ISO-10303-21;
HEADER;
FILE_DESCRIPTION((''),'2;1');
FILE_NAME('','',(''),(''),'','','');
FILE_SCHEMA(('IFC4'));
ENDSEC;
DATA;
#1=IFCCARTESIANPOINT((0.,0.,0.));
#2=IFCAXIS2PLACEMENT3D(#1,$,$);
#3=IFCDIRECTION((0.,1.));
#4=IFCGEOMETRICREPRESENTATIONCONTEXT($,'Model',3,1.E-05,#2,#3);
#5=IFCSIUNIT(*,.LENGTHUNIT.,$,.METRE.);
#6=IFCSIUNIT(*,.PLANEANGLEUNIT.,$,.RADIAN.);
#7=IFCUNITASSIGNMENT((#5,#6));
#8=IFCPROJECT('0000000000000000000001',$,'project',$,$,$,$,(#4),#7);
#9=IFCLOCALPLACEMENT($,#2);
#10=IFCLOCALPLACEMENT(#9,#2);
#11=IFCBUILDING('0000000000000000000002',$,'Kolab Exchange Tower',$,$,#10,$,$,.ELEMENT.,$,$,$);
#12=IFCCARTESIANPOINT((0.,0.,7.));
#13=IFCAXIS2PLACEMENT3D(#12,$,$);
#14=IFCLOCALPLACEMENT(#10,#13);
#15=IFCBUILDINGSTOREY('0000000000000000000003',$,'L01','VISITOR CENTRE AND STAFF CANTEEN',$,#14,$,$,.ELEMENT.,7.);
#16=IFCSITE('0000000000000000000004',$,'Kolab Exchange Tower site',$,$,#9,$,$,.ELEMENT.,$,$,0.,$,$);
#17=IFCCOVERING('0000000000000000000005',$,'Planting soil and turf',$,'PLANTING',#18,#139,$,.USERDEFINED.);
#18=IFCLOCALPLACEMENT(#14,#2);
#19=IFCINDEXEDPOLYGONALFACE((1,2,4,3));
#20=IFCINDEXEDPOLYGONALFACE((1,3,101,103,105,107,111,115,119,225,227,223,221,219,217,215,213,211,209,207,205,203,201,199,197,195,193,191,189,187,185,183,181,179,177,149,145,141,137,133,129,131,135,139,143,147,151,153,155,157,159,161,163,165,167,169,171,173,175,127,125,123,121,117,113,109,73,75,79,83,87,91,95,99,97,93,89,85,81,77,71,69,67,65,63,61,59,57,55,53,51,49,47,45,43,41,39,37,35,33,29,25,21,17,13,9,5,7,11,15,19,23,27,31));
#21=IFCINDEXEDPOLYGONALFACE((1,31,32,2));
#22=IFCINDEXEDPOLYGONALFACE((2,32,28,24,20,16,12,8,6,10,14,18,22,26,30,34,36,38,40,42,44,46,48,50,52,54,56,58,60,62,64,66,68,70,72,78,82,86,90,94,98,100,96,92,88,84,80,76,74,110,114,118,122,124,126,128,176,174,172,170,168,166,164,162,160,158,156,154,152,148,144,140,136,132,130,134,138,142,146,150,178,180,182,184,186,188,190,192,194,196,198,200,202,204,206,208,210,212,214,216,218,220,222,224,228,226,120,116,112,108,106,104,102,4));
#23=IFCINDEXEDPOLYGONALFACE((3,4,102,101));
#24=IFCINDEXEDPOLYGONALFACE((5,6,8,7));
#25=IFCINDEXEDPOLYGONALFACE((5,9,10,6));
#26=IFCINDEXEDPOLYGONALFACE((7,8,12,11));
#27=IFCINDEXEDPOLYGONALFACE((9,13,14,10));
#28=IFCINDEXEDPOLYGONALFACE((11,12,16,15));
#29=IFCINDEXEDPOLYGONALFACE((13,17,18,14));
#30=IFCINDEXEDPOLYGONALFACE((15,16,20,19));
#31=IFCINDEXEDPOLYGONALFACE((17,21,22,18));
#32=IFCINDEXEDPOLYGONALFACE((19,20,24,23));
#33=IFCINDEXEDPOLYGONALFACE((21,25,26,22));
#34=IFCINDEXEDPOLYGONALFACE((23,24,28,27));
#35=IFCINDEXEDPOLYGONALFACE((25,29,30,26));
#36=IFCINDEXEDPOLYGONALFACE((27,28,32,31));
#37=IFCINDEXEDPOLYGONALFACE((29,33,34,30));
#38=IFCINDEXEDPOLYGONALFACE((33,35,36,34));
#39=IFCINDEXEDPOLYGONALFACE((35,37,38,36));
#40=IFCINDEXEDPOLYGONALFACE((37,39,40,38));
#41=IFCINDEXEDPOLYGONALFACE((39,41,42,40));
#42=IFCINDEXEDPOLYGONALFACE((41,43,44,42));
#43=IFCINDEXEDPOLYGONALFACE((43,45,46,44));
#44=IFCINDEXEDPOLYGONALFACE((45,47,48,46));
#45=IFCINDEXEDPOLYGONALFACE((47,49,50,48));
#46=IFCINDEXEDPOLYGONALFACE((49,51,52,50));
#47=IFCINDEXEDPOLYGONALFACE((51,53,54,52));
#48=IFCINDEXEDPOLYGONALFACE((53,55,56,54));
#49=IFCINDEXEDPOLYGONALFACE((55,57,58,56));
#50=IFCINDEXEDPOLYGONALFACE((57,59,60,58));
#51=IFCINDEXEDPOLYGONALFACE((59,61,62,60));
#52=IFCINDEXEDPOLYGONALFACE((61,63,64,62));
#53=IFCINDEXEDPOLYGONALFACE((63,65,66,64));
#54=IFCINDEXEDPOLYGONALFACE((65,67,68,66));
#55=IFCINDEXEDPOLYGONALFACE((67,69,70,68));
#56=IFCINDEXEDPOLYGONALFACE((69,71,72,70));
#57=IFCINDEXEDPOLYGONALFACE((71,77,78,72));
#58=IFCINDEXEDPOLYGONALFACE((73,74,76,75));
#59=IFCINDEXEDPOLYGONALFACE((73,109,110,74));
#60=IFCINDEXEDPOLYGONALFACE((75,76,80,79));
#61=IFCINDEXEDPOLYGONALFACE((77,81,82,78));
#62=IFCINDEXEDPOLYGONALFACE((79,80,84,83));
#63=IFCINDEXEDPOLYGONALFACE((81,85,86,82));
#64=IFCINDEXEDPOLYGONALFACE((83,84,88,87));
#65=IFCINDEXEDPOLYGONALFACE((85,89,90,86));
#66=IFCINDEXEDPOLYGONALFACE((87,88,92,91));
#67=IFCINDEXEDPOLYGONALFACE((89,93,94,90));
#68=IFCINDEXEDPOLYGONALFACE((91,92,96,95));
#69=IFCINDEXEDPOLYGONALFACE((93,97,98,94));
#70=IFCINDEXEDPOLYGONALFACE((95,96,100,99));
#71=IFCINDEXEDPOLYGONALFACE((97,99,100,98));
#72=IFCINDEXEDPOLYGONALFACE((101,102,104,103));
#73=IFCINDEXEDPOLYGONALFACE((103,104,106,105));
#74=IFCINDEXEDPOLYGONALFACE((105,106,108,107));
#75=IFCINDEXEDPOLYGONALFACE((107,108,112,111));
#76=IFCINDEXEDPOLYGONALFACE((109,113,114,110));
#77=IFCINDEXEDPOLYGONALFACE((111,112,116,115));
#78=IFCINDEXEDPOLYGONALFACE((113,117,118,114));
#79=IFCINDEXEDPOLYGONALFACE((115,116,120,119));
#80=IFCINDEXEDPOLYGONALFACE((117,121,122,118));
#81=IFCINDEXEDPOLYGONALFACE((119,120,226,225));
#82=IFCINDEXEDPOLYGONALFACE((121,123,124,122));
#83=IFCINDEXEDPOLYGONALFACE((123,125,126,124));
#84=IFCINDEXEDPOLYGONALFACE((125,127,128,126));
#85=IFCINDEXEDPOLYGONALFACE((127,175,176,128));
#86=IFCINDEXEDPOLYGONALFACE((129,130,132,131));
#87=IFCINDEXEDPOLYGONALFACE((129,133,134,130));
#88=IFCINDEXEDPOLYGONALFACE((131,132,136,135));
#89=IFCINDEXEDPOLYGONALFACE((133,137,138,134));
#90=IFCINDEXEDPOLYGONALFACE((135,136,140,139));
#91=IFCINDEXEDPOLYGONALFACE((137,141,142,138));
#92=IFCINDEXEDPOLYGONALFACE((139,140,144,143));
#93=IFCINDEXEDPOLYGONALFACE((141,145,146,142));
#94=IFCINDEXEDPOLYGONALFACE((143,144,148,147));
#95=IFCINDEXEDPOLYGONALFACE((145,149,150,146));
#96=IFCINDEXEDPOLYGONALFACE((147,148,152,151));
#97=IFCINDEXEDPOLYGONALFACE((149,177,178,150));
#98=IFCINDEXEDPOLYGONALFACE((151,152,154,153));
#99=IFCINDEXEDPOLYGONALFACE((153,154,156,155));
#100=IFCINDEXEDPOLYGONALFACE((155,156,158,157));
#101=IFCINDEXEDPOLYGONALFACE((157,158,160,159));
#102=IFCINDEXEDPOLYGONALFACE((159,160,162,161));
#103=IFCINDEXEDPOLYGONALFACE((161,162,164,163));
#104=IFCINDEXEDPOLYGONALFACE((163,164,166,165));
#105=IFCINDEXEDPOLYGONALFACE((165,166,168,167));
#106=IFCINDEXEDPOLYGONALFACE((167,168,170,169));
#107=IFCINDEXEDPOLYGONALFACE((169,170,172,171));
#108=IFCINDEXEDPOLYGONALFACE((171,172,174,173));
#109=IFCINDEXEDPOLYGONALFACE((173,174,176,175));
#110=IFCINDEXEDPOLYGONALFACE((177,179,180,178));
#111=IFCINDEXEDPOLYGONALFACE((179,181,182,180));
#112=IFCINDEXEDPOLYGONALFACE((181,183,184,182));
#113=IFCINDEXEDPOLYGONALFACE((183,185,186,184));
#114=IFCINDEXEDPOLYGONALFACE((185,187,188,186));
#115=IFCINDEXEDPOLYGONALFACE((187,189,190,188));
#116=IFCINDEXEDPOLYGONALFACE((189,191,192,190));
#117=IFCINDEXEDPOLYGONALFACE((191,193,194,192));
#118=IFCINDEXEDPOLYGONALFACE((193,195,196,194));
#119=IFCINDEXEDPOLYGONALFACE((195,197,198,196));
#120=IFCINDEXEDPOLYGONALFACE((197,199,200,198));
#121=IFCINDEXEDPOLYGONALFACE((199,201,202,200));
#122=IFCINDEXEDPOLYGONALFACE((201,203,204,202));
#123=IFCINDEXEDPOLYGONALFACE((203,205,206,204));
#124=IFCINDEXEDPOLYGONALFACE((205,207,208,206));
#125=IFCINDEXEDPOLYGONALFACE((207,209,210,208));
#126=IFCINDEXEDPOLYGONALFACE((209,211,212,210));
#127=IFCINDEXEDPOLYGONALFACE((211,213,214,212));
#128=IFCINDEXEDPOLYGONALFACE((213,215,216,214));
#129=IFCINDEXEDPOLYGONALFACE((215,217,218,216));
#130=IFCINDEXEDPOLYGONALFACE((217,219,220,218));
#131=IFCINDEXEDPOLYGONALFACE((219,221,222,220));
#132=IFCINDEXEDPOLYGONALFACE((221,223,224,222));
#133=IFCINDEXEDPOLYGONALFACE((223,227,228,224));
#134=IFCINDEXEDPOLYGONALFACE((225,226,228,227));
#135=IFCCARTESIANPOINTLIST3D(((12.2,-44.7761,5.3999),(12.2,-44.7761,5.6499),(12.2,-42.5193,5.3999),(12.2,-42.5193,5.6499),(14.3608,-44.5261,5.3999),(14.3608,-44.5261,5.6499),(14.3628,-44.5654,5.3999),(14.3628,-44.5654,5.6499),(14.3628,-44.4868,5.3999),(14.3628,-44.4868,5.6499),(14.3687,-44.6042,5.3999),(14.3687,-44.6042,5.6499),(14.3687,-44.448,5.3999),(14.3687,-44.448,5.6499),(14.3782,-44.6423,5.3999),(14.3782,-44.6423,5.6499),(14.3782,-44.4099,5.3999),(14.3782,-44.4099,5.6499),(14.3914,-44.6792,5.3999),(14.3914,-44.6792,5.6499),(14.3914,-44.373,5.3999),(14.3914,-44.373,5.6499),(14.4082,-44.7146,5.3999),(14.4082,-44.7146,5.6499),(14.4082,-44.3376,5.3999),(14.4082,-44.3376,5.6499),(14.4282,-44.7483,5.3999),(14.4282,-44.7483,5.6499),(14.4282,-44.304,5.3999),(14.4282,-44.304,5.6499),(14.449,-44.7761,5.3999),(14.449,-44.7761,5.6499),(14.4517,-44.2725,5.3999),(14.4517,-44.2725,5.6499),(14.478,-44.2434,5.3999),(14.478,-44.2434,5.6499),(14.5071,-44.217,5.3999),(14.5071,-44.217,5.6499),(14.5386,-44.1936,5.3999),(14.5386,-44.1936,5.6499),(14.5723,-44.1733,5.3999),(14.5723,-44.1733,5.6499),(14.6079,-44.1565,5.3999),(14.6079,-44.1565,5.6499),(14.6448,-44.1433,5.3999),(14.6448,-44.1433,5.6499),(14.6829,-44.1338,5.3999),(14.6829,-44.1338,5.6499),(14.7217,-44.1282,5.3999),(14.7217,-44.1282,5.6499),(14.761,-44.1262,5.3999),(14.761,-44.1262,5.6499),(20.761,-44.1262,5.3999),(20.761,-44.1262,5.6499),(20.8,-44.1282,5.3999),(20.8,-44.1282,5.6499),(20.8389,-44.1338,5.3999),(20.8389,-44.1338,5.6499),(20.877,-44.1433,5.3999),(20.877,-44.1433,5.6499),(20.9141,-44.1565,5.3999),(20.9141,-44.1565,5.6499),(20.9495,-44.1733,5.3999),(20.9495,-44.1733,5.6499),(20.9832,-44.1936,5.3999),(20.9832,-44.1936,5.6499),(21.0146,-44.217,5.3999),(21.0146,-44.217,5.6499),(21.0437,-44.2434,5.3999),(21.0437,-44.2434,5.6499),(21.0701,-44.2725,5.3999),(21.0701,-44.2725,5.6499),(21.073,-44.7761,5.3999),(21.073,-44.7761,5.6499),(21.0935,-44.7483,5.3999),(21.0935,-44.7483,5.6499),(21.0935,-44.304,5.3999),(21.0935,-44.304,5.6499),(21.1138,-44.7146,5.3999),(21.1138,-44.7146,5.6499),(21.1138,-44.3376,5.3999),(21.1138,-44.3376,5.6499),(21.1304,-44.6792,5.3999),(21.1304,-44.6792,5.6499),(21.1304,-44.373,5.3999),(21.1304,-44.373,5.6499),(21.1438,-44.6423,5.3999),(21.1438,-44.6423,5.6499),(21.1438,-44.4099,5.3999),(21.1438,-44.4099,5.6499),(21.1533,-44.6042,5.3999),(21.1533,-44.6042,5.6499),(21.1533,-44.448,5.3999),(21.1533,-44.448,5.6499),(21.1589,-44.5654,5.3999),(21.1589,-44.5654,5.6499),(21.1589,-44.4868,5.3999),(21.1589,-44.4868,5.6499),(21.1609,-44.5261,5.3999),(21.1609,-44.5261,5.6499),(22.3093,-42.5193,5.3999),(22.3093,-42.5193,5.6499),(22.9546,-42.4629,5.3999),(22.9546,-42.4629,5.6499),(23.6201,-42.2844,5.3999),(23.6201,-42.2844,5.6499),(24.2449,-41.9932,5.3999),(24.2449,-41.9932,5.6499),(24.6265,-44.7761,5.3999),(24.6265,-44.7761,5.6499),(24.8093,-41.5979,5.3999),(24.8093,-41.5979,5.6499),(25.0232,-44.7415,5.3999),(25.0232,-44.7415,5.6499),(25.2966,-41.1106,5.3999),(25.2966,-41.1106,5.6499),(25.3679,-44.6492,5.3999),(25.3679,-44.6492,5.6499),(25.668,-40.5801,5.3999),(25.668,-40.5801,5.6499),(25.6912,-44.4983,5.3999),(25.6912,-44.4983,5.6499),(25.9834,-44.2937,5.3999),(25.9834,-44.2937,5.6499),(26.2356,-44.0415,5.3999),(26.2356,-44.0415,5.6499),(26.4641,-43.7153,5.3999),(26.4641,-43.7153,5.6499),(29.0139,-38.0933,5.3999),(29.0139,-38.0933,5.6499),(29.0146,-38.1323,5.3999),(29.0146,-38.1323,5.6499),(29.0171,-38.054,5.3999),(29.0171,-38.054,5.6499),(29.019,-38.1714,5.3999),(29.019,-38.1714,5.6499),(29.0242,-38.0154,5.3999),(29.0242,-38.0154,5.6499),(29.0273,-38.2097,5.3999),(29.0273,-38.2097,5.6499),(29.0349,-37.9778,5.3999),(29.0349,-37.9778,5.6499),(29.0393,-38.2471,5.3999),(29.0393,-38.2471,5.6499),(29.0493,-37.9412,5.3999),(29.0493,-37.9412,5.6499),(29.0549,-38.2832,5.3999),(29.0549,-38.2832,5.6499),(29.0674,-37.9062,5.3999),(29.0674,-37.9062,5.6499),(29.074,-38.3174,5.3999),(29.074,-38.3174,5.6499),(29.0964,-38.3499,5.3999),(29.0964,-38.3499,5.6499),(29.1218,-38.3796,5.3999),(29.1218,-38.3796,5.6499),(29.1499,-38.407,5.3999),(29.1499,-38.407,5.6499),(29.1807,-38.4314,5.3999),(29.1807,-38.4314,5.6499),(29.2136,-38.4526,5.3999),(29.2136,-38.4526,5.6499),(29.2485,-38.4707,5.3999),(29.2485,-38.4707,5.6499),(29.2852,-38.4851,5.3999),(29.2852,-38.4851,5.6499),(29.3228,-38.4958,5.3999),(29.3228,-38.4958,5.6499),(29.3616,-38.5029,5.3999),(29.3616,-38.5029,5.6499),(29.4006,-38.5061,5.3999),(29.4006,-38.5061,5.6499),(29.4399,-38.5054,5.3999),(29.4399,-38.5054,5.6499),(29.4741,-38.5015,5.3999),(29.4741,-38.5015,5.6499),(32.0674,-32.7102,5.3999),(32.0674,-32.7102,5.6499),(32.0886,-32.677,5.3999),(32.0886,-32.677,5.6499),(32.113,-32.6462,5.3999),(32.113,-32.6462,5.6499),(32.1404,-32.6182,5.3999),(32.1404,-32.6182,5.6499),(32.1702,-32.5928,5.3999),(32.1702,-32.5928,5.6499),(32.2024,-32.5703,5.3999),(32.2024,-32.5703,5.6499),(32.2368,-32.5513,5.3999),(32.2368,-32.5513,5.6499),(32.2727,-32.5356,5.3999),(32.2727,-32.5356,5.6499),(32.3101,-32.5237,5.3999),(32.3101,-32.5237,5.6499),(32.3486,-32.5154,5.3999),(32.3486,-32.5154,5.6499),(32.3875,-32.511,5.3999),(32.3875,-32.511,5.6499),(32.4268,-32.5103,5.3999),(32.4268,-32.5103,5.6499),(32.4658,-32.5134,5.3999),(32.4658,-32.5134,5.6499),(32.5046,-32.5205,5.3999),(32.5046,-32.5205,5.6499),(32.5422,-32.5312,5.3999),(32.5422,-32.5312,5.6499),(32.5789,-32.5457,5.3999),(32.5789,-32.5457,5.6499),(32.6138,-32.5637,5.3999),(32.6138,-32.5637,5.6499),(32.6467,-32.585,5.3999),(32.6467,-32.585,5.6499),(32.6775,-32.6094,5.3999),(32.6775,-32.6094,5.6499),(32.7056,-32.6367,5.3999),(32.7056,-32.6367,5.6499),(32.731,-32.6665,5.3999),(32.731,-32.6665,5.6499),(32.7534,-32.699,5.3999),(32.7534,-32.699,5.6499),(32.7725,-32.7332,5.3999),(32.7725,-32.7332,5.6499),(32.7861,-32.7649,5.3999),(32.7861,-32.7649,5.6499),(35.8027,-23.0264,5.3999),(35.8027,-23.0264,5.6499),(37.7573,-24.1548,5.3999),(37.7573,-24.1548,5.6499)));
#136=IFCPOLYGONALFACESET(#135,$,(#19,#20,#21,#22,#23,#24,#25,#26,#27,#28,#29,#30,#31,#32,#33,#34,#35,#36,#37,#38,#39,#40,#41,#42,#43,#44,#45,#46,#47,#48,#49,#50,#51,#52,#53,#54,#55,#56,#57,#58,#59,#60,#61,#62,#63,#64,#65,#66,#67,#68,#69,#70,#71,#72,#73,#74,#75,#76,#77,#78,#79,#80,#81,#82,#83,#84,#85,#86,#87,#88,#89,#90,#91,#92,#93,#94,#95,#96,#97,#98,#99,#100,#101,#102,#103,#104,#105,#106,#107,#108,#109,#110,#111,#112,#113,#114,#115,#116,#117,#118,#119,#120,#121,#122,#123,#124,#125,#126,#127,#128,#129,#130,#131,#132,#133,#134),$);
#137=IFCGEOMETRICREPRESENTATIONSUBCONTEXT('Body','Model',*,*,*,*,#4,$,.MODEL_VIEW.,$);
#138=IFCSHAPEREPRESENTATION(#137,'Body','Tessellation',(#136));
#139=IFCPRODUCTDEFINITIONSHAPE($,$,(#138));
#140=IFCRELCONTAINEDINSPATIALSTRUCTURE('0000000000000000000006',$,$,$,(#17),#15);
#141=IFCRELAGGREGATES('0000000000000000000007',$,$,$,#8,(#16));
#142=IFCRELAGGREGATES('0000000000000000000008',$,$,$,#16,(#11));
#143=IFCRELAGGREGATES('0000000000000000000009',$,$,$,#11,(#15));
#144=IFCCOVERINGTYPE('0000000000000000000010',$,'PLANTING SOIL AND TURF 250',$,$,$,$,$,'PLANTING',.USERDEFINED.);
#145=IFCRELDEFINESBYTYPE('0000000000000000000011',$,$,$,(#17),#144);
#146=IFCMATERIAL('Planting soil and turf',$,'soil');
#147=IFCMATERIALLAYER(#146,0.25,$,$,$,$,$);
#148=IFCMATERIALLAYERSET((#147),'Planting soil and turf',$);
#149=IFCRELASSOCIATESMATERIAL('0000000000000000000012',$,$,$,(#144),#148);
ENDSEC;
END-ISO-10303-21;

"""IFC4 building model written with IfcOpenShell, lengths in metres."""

from ifc_helpers import new_model, si_unit, direction, frame, origin, place, context, subcontext, project, spatial, polyline, outline, extrude, material, layer, layer_set, type_object, element, save


model = new_model("IFC4")

# Units and contexts
model_context = context("Model", 3, precision=1e-05, world=origin(), true_north=direction((0.0, 1.0)))
body_context = subcontext(model_context, "Body", "Model", "MODEL_VIEW")
ifc_project = project(units=[si_unit("LENGTHUNIT", "METRE"), si_unit("PLANEANGLEUNIT", "RADIAN")], contexts=[model_context])

# Site, building, storey
site_placement = place(None, origin())
site = spatial("IfcSite", under=ifc_project, at=site_placement, Name="Kolab Exchange Tower site", CompositionType="ELEMENT", RefElevation=0.0)
building_placement = place(site_placement, origin())
building = spatial("IfcBuilding", under=site, at=building_placement, Name="Kolab Exchange Tower", CompositionType="ELEMENT")
storey_placement = place(building_placement, frame((0.0, 0.0, 7.0)))
storey = spatial("IfcBuildingStorey", under=building, at=storey_placement, Name="L01", Description="VISITOR CENTRE AND STAFF CANTEEN", CompositionType="ELEMENT", Elevation=7.0)

# Covering
ifc_material_1 = material(Name="Planting soil and turf", Category="soil")
ifc_layer_1 = layer(ifc_material_1, 0.25)
ifc_layer_set_1 = layer_set([ifc_layer_1], Name="Planting soil and turf")
covering_type_1 = type_object("IfcCoveringType", Name="PLANTING SOIL AND TURF 250", ElementType="PLANTING", PredefinedType="USERDEFINED", material=ifc_layer_set_1)
covering_1_placement = place(storey_placement, frame((0.0, 0.0, 5.3999)))
element("IfcCovering", 1, at=covering_1_placement, inside=storey, type_object=covering_type_1, Name="Planting soil and turf", ObjectType="PLANTING", PredefinedType="USERDEFINED", context=body_context, shape_type="SweptSolid", body=[
    extrude(outline(polyline([(22.3093, -42.5193), (22.9546, -42.4629), (23.6201, -42.2844), (24.2449, -41.9932), (24.8093, -41.5979), (25.2966, -41.1106), (25.668, -40.5801), (35.8027, -23.0264), (37.7573, -24.1548), (32.7861, -32.7649), (32.7725, -32.7332), (32.7534, -32.699), (32.731, -32.6665), (32.7056, -32.6367), (32.6775, -32.6094), (32.6467, -32.585), (32.6138, -32.5637), (32.5789, -32.5457), (32.5422, -32.5312), (32.5046, -32.5205), (32.4658, -32.5134), (32.4268, -32.5103), (32.3875, -32.511), (32.3486, -32.5154), (32.3101, -32.5237), (32.2727, -32.5356), (32.2368, -32.5513), (32.2024, -32.5703), (32.1702, -32.5928), (32.1404, -32.6182), (32.113, -32.6462), (32.0886, -32.677), (32.0674, -32.7102), (29.0674, -37.9062), (29.0493, -37.9412), (29.0349, -37.9778), (29.0242, -38.0154), (29.0171, -38.054), (29.0139, -38.0933), (29.0146, -38.1323), (29.019, -38.1714), (29.0273, -38.2097), (29.0393, -38.2471), (29.0549, -38.2832), (29.074, -38.3174), (29.0964, -38.3499), (29.1218, -38.3796), (29.1499, -38.407), (29.1807, -38.4314), (29.2136, -38.4526), (29.2485, -38.4707), (29.2852, -38.4851), (29.3228, -38.4958), (29.3616, -38.5029), (29.4006, -38.5061), (29.4399, -38.5054), (29.4741, -38.5015), (26.4641, -43.7153), (26.2356, -44.0415), (25.9834, -44.2937), (25.6912, -44.4983), (25.3679, -44.6492), (25.0232, -44.7415), (24.6265, -44.7761), (21.073, -44.7761), (21.0935, -44.7483), (21.1138, -44.7146), (21.1304, -44.6792), (21.1438, -44.6423), (21.1533, -44.6042), (21.1589, -44.5654), (21.1609, -44.5261), (21.1589, -44.4868), (21.1533, -44.448), (21.1438, -44.4099), (21.1304, -44.373), (21.1138, -44.3376), (21.0935, -44.304), (21.0701, -44.2725), (21.0437, -44.2434), (21.0146, -44.217), (20.9832, -44.1936), (20.9495, -44.1733), (20.9141, -44.1565), (20.877, -44.1433), (20.8389, -44.1338), (20.8, -44.1282), (20.761, -44.1262), (14.761, -44.1262), (14.7217, -44.1282), (14.6829, -44.1338), (14.6448, -44.1433), (14.6079, -44.1565), (14.5723, -44.1733), (14.5386, -44.1936), (14.5071, -44.217), (14.478, -44.2434), (14.4517, -44.2725), (14.4282, -44.304), (14.4082, -44.3376), (14.3914, -44.373), (14.3782, -44.4099), (14.3687, -44.448), (14.3628, -44.4868), (14.3608, -44.5261), (14.3628, -44.5654), (14.3687, -44.6042), (14.3782, -44.6423), (14.3914, -44.6792), (14.4082, -44.7146), (14.4282, -44.7483), (14.449, -44.7761), (12.2, -44.7761), (12.2, -42.5193), (22.3093, -42.5193)])), origin(), (0.0, 0.0, 1.0), 0.25),
])

save(model, "model.ifc")
